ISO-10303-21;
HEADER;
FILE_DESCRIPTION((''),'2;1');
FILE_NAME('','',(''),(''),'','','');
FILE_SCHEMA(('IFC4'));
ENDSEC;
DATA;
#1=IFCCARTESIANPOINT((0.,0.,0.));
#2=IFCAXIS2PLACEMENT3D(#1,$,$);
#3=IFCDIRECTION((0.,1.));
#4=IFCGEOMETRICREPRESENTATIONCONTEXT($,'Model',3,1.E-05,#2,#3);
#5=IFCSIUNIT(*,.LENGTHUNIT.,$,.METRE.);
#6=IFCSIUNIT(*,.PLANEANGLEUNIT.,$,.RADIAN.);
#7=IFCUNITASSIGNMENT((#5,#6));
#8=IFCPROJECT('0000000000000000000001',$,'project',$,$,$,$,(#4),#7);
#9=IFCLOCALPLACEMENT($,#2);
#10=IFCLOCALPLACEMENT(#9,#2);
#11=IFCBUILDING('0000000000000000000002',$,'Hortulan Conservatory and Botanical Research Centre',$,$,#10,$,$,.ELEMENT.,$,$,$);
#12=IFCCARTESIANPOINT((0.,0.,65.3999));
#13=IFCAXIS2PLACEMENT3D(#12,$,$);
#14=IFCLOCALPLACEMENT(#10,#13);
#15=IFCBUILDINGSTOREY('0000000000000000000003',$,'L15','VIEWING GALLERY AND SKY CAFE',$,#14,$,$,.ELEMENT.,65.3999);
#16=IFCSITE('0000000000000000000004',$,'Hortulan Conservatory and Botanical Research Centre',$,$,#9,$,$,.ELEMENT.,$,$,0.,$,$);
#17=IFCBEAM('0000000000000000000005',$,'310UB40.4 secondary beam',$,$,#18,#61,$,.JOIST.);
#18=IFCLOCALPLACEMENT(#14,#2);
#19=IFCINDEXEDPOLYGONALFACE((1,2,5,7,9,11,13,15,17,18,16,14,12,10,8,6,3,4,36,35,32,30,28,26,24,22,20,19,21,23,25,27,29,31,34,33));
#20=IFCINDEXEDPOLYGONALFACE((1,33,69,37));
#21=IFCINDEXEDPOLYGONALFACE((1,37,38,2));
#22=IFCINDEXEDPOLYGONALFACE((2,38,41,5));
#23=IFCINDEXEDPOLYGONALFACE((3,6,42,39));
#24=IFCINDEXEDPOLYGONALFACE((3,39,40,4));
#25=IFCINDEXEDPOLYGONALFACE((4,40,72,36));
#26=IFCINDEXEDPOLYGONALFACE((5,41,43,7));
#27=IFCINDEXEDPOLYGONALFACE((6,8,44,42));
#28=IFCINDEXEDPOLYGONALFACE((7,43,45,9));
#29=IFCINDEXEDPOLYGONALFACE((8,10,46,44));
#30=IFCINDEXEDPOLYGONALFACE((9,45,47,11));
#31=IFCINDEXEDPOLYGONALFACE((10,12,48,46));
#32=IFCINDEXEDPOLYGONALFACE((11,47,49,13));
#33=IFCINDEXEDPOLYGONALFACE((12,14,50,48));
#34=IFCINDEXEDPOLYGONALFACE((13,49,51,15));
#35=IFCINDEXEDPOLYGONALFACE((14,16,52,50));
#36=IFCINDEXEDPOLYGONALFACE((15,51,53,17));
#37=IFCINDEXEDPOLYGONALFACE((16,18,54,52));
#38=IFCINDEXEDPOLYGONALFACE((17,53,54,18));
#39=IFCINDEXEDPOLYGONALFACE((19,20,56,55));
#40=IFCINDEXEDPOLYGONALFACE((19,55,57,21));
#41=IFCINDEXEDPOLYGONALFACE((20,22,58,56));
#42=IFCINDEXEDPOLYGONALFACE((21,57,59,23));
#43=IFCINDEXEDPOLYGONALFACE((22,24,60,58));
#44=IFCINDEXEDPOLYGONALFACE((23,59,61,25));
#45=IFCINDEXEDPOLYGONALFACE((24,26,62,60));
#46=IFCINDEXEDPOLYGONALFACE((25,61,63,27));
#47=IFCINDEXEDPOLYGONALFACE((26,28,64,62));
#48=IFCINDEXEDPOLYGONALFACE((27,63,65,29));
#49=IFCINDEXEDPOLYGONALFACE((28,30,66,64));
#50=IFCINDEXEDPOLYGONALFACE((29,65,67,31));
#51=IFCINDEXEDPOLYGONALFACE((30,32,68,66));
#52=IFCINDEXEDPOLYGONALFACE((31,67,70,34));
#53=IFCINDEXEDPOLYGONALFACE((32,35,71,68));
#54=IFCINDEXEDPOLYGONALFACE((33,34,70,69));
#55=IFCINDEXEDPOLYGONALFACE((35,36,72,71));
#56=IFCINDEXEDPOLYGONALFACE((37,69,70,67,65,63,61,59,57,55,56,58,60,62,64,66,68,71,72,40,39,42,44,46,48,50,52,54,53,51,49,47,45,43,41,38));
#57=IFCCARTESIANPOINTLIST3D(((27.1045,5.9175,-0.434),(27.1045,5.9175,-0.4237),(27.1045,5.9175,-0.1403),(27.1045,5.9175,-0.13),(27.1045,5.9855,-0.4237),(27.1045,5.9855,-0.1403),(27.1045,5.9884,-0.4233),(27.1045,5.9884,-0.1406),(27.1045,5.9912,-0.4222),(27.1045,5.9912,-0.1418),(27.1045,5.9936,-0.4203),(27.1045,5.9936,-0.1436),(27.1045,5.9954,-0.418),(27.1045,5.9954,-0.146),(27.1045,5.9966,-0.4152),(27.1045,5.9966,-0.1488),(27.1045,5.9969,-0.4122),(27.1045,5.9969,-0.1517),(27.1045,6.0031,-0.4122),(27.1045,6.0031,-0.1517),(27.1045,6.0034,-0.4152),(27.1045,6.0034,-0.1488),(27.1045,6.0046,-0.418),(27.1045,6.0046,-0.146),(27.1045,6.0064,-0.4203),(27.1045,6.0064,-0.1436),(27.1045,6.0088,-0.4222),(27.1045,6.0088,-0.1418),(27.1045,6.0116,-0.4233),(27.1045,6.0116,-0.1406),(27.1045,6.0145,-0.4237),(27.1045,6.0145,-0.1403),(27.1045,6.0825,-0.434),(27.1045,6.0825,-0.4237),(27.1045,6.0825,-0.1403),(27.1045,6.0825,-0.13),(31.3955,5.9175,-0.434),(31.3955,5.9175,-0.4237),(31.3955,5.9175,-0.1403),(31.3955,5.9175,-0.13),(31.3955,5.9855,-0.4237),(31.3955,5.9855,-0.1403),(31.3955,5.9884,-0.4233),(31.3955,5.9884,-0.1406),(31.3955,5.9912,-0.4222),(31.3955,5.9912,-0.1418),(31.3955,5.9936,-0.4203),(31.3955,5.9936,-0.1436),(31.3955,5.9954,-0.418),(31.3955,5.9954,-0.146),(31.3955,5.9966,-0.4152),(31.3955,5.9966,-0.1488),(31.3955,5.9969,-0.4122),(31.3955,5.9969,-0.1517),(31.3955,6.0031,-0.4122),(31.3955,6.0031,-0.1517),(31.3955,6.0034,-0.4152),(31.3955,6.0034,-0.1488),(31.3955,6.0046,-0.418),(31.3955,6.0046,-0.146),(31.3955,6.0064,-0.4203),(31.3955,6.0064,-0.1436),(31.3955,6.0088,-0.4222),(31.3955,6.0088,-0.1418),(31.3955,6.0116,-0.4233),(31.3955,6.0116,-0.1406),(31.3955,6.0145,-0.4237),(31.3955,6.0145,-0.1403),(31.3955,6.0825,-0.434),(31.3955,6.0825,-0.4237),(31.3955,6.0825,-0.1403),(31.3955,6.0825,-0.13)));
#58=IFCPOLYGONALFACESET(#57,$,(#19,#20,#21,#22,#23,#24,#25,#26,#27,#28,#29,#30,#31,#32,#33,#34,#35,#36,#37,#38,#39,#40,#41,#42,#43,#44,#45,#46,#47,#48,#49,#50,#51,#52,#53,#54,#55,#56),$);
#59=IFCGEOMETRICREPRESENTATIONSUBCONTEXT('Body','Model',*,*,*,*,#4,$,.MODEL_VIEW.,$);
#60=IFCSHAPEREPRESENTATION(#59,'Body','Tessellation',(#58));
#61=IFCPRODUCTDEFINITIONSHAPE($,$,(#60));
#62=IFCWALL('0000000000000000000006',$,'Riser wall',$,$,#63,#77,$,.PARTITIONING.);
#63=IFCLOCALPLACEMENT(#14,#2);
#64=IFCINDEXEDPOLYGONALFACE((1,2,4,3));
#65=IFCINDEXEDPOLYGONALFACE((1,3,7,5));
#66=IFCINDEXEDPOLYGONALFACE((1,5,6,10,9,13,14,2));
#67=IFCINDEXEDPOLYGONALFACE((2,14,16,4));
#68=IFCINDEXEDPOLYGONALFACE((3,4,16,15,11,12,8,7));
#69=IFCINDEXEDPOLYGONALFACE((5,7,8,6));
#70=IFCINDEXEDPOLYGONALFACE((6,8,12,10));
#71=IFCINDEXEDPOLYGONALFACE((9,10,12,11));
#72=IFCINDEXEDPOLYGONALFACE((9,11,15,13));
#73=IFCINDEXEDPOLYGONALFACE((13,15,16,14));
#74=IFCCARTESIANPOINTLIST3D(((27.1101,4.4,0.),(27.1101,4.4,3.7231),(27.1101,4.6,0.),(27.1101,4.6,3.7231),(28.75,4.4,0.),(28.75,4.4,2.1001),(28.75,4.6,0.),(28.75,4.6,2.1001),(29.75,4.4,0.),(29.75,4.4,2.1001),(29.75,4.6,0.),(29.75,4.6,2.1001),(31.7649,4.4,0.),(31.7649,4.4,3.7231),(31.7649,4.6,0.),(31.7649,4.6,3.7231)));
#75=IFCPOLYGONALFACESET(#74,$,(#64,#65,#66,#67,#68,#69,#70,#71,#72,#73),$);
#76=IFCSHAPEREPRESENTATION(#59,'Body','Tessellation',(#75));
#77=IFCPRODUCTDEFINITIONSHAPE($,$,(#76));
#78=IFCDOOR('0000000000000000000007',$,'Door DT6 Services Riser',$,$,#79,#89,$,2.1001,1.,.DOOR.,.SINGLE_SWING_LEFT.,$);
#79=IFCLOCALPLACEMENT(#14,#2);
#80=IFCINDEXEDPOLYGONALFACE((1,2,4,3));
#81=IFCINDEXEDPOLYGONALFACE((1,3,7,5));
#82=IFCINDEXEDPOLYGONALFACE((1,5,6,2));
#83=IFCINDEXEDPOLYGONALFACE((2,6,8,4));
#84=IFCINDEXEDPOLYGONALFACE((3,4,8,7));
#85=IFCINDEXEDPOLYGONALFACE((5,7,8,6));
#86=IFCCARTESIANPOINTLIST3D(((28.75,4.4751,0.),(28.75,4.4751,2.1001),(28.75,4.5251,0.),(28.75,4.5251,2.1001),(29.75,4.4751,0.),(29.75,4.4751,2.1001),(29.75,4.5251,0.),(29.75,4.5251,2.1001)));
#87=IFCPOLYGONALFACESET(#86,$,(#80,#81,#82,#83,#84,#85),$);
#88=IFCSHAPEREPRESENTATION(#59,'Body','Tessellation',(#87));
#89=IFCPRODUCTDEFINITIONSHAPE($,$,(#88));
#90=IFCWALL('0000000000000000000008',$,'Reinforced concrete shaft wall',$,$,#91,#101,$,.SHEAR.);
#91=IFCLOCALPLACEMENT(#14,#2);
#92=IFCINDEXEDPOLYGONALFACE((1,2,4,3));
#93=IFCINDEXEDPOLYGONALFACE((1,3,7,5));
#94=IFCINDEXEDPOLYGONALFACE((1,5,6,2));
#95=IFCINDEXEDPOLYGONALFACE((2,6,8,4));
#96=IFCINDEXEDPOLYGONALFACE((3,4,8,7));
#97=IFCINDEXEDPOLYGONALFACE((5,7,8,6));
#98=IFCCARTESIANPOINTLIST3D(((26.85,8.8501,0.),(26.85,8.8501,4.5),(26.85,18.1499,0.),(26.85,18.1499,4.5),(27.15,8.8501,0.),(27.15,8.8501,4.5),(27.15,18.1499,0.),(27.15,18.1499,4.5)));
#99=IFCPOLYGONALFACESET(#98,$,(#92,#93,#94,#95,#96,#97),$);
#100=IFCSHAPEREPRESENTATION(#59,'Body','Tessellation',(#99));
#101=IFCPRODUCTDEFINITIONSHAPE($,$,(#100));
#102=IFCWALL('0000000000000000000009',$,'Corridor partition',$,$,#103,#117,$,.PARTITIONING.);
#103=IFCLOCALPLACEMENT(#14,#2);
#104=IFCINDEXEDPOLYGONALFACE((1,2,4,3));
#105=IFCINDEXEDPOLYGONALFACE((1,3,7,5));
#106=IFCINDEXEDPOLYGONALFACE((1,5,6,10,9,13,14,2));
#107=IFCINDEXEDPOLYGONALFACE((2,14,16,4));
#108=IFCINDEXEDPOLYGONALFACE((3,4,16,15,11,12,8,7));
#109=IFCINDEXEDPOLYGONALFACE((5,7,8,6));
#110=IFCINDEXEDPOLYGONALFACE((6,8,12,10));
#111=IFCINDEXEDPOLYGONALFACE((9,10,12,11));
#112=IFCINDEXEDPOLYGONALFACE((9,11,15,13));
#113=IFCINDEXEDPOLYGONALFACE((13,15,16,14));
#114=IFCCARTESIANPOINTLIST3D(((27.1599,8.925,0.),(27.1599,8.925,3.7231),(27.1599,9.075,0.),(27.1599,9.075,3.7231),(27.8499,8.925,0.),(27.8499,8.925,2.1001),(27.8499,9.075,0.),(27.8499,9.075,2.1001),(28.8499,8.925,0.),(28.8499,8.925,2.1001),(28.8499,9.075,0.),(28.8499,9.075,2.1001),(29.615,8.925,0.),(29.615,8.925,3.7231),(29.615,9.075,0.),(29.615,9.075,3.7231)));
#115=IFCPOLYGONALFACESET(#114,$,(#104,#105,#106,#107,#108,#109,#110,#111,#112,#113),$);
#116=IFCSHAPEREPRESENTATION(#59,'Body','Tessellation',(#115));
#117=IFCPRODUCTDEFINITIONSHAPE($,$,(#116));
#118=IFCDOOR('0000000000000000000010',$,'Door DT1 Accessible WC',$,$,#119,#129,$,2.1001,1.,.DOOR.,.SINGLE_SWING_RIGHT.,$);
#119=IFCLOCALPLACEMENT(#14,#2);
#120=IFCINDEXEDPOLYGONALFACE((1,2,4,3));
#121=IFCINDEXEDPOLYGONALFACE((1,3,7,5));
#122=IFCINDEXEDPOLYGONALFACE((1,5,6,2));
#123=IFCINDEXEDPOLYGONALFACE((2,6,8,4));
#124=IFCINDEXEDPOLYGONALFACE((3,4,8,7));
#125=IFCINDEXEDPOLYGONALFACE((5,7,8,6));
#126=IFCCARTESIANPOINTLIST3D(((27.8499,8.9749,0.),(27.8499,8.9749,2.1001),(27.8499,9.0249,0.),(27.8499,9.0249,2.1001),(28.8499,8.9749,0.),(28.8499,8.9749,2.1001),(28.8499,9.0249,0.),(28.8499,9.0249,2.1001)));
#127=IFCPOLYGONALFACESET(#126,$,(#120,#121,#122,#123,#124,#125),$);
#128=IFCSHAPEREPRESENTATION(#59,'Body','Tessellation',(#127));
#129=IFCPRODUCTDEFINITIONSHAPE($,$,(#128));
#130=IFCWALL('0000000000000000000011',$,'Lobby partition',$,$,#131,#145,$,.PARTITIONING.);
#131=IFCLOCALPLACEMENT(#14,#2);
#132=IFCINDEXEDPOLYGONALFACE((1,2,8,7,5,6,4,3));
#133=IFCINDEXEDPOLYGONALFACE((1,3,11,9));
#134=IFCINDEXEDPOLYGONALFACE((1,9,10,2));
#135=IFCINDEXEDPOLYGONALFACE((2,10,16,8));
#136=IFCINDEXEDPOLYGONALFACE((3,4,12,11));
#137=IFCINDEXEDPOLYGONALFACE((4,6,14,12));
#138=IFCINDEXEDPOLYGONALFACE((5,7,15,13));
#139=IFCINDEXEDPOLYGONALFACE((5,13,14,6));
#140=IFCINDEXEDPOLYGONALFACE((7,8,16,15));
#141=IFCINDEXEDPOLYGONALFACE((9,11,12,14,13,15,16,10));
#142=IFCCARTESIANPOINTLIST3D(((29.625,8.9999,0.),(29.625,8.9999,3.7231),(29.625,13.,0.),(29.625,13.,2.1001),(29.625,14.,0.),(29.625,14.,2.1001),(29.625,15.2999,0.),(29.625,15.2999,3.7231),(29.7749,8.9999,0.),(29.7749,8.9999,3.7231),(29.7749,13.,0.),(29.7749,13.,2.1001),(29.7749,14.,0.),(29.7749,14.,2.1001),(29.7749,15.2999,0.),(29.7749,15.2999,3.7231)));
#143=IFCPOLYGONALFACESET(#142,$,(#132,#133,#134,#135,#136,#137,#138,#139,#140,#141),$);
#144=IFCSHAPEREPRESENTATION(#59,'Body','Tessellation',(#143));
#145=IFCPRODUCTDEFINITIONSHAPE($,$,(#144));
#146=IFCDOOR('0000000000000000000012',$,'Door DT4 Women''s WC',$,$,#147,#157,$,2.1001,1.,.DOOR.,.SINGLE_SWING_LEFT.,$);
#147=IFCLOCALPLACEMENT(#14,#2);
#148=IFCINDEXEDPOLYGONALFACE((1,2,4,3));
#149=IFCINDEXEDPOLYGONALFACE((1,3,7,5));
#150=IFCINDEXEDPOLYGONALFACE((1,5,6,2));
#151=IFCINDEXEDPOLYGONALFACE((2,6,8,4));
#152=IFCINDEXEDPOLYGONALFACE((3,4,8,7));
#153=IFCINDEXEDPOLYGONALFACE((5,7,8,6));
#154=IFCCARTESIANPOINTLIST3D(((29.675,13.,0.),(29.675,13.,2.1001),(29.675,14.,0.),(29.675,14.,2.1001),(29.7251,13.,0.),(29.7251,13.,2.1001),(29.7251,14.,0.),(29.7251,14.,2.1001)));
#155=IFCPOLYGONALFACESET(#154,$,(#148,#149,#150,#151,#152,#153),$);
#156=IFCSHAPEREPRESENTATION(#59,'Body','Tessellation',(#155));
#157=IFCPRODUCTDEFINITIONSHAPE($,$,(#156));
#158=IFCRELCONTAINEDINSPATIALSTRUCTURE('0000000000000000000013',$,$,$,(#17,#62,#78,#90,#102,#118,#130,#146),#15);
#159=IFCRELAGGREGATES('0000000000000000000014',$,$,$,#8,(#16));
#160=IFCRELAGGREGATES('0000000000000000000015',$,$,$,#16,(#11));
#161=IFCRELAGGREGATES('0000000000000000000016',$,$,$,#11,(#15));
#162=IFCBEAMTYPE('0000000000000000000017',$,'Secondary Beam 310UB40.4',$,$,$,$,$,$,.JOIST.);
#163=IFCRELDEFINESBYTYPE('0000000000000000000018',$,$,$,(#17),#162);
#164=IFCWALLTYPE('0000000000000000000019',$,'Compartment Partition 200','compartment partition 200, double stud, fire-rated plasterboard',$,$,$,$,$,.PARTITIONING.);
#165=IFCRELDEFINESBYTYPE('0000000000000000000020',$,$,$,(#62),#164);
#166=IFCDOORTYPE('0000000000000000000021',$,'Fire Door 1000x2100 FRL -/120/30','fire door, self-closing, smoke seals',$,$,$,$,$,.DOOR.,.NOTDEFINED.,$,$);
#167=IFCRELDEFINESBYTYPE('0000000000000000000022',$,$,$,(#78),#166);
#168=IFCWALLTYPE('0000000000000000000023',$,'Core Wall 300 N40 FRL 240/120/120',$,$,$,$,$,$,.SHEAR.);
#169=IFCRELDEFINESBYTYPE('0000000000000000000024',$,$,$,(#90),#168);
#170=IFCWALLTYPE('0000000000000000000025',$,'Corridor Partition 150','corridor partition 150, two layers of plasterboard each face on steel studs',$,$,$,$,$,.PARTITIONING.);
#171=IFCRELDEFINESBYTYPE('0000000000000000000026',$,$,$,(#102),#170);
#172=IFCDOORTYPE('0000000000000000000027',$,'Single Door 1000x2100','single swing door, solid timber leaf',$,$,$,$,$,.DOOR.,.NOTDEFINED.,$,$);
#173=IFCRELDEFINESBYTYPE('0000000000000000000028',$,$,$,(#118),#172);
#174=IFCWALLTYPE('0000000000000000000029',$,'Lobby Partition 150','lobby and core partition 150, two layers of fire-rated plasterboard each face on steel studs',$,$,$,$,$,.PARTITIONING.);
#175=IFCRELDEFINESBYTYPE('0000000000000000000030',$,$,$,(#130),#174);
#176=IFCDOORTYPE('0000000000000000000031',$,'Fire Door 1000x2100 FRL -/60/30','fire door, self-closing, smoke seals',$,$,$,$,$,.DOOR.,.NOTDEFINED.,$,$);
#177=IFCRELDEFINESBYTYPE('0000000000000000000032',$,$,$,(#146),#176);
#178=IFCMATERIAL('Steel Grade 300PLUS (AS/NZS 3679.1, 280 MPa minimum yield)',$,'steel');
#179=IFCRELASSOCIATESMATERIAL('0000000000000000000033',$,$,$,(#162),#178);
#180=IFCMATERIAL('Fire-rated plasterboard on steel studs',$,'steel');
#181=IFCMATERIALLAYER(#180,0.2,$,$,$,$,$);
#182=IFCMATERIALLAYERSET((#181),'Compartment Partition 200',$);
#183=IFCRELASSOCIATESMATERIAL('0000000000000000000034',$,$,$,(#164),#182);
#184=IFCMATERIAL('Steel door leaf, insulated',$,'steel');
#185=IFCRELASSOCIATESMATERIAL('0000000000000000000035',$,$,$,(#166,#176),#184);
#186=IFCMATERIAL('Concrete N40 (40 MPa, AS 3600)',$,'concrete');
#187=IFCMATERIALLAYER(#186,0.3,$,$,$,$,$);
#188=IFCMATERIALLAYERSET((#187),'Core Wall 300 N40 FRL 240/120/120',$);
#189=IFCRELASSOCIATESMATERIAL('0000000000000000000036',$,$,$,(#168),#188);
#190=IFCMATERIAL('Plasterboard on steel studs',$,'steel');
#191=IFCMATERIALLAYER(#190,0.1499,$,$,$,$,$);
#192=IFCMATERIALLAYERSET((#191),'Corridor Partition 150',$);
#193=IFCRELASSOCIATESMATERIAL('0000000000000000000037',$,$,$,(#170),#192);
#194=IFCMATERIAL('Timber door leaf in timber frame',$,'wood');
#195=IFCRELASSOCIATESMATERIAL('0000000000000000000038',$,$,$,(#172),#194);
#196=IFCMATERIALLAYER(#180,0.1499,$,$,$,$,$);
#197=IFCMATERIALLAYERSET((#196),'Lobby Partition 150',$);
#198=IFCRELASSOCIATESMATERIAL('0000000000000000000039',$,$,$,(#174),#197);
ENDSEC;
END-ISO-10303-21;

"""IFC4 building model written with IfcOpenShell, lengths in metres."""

from ifc_helpers import new_model, si_unit, direction, frame, frame_2d, origin, origin_2d, place, context, subcontext, project, spatial, rectangle, i_section, extrude, material, layer, layer_set, material_profile, profile_set, type_object, element, fill, save


model = new_model("IFC4")

# Units and contexts
model_context = context("Model", 3, precision=1e-05, world=origin(), true_north=direction((0.0, 1.0)))
body_context = subcontext(model_context, "Body", "Model", "MODEL_VIEW")
ifc_project = project(units=[si_unit("LENGTHUNIT", "METRE"), si_unit("PLANEANGLEUNIT", "RADIAN")], contexts=[model_context])

# Site, building, storey
site_placement = place(None, origin())
site = spatial("IfcSite", under=ifc_project, at=site_placement, Name="Hortulan Conservatory and Botanical Research Centre", CompositionType="ELEMENT", RefElevation=0.0)
building_placement = place(site_placement, origin())
building = spatial("IfcBuilding", under=site, at=building_placement, Name="Hortulan Conservatory and Botanical Research Centre", CompositionType="ELEMENT")
storey_placement = place(building_placement, frame((0.0, 0.0, 65.3999)))
storey = spatial("IfcBuildingStorey", under=building, at=storey_placement, Name="L15", Description="VIEWING GALLERY AND SKY CAFE", CompositionType="ELEMENT", Elevation=65.3999)

# Shared definitions
ifc_material_1 = material(Name="Steel Grade 300PLUS (AS/NZS 3679.1, 280 MPa minimum yield)", Category="steel")

# Beam
ifc_material_profile_1 = material_profile(ifc_material_1, i_section(OverallWidth=0.165, OverallDepth=0.304, WebThickness=0.0061, FlangeThickness=0.0103, FilletRadius=0.0115, at=origin_2d()), Name="310UB40.4")
ifc_profile_set_1 = profile_set([ifc_material_profile_1], Name="Steel Grade 300PLUS (AS/NZS 3679.1, 280 MPa minimum yield)")
beam_type_1 = type_object("IfcBeamType", Name="Secondary Beam 310UB40.4", PredefinedType="JOIST", material=ifc_profile_set_1)
for number, where, z_axis, x_axis, name in (
    (1, (27.1045, 6.0, -0.282), (1.0, 0.0, 0.0), (0.0, 1.0, 0.0), "310UB40.4 secondary beam"),
):
    element("IfcBeam", number, at=place(storey_placement, frame(where, z_axis=z_axis, x_axis=x_axis)), inside=storey, type_object=beam_type_1, Name=name, PredefinedType="JOIST", context=body_context, shape_type="SweptSolid", body=[
        extrude(i_section(OverallWidth=0.165, OverallDepth=0.304, WebThickness=0.0061, FlangeThickness=0.0103, FilletRadius=0.0115, at=origin_2d()), origin(), (0.0, 0.0, 1.0), 4.291),
    ])

# Wall, opening, door
ifc_material_2 = material(Name="Fire-rated plasterboard on steel studs", Category="steel")
ifc_layer_1 = layer(ifc_material_2, 0.2)
ifc_layer_set_1 = layer_set([ifc_layer_1], Name="Compartment Partition 200")
wall_type_1 = type_object("IfcWallType", Name="Compartment Partition 200", Description="compartment partition 200, double stud, fire-rated plasterboard", PredefinedType="PARTITIONING", material=ifc_layer_set_1)
wall_1_placement = place(storey_placement, frame((27.1101, 4.5, 0.0), z_axis=(0.0, 0.0, 1.0), x_axis=(1.0, 0.0, 0.0)))
wall_1 = element("IfcWall", 2, at=wall_1_placement, inside=storey, type_object=wall_type_1, Name="Riser wall", PredefinedType="PARTITIONING", context=body_context, shape_type="SweptSolid", body=[
    extrude(rectangle(XDim=4.6548, YDim=0.2, at=frame_2d((2.3274, 0.0))), origin(), (0.0, 0.0, 1.0), 3.7231),
])
opening_1_placement = place(wall_1_placement, frame((1.6399, 0.0, 0.0)))
opening_1 = element("IfcOpeningElement", 3, at=opening_1_placement, cuts=wall_1, PredefinedType="OPENING", context=body_context, shape_type="SweptSolid", body=[
    extrude(rectangle(XDim=1.0, YDim=2.1001, at=frame_2d((0.5, 1.05))), frame((0.0, 0.1099, 0.0), z_axis=(0.0, -1.0, 0.0), x_axis=(1.0, 0.0, 0.0)), (0.0, 0.0, 1.0), 0.22),
])
ifc_material_3 = material(Name="Steel door leaf, insulated", Category="steel")
door_type_1 = type_object("IfcDoorType", Name="Fire Door 1000x2100 FRL -/120/30", Description="fire door, self-closing, smoke seals", OperationType="NOTDEFINED", PredefinedType="DOOR", material=ifc_material_3)
door_1_placement = place(opening_1_placement, frame((1.0, 0.0, 0.0), z_axis=(0.0, 0.0, 1.0), x_axis=(-1.0, 0.0, 0.0)))
door_1 = element("IfcDoor", 4, at=door_1_placement, inside=storey, type_object=door_type_1, Name="Door DT6 Services Riser", OperationType="SINGLE_SWING_LEFT", OverallHeight=2.1001, OverallWidth=1.0, PredefinedType="DOOR", context=body_context, shape_type="SweptSolid", body=[
    extrude(rectangle(XDim=1.0, YDim=2.1001, at=frame_2d((0.5, 1.05))), frame((0.0, 0.0249, 0.0), z_axis=(0.0, -1.0, 0.0), x_axis=(1.0, 0.0, 0.0)), (0.0, 0.0, 1.0), 0.05),
])
fill(opening_1, door_1)

# Wall
ifc_material_4 = material(Name="Concrete N40 (40 MPa, AS 3600)", Category="concrete")
ifc_layer_2 = layer(ifc_material_4, 0.3)
ifc_layer_set_2 = layer_set([ifc_layer_2], Name="Core Wall 300 N40 FRL 240/120/120")
wall_type_2 = type_object("IfcWallType", Name="Core Wall 300 N40 FRL 240/120/120", PredefinedType="SHEAR", material=ifc_layer_set_2)
wall_2_placement = place(storey_placement, frame((27.0, 8.8501, 0.0), z_axis=(0.0, 0.0, 1.0), x_axis=(0.0, 1.0, 0.0)))
element("IfcWall", 5, at=wall_2_placement, inside=storey, type_object=wall_type_2, Name="Reinforced concrete shaft wall", PredefinedType="SHEAR", context=body_context, shape_type="SweptSolid", body=[
    extrude(rectangle(XDim=9.2998, YDim=0.3, at=frame_2d((4.6499, 0.0))), origin(), (0.0, 0.0, 1.0), 4.5),
])

# Walls, openings, doors
ifc_material_5 = material(Name="Plasterboard on steel studs", Category="steel")
ifc_layer_3 = layer(ifc_material_5, 0.1499)
ifc_layer_set_3 = layer_set([ifc_layer_3], Name="Corridor Partition 150")
wall_type_3 = type_object("IfcWallType", Name="Corridor Partition 150", Description="corridor partition 150, two layers of plasterboard each face on steel studs", PredefinedType="PARTITIONING", material=ifc_layer_set_3)
wall_3_placement = place(storey_placement, frame((27.1599, 9.0, 0.0), z_axis=(0.0, 0.0, 1.0), x_axis=(1.0, 0.0, 0.0)))
wall_3 = element("IfcWall", 6, at=wall_3_placement, inside=storey, type_object=wall_type_3, Name="Corridor partition", PredefinedType="PARTITIONING", context=body_context, shape_type="SweptSolid", body=[
    extrude(rectangle(XDim=2.4551, YDim=0.1499, at=frame_2d((1.2275, 0.0))), origin(), (0.0, 0.0, 1.0), 3.7231),
])
opening_2_placement = place(wall_3_placement, frame((0.6899, 0.0, 0.0)))
opening_2 = element("IfcOpeningElement", 7, at=opening_2_placement, cuts=wall_3, PredefinedType="OPENING", context=body_context, shape_type="SweptSolid", body=[
    extrude(rectangle(XDim=1.0, YDim=2.1001, at=frame_2d((0.5, 1.05))), frame((0.0, 0.085, 0.0), z_axis=(0.0, -1.0, 0.0), x_axis=(1.0, 0.0, 0.0)), (0.0, 0.0, 1.0), 0.1699),
])
ifc_material_6 = material(Name="Timber door leaf in timber frame", Category="wood")
door_type_2 = type_object("IfcDoorType", Name="Single Door 1000x2100", Description="single swing door, solid timber leaf", OperationType="NOTDEFINED", PredefinedType="DOOR", material=ifc_material_6)
door_2_placement = place(opening_2_placement, origin())
door_2 = element("IfcDoor", 8, at=door_2_placement, inside=storey, type_object=door_type_2, Name="Door DT1 Accessible WC", OperationType="SINGLE_SWING_RIGHT", OverallHeight=2.1001, OverallWidth=1.0, PredefinedType="DOOR", context=body_context, shape_type="SweptSolid", body=[
    extrude(rectangle(XDim=1.0, YDim=2.1001, at=frame_2d((0.5, 1.05))), frame((0.0, 0.0249, 0.0), z_axis=(0.0, -1.0, 0.0), x_axis=(1.0, 0.0, 0.0)), (0.0, 0.0, 1.0), 0.05),
])
fill(opening_2, door_2)
ifc_layer_4 = layer(ifc_material_2, 0.1499)
ifc_layer_set_4 = layer_set([ifc_layer_4], Name="Lobby Partition 150")
wall_type_4 = type_object("IfcWallType", Name="Lobby Partition 150", Description="lobby and core partition 150, two layers of fire-rated plasterboard each face on steel studs", PredefinedType="PARTITIONING", material=ifc_layer_set_4)
wall_4_placement = place(storey_placement, frame((29.7, 9.0, 0.0), z_axis=(0.0, 0.0, 1.0), x_axis=(0.0, 1.0, 0.0)))
wall_4 = element("IfcWall", 9, at=wall_4_placement, inside=storey, type_object=wall_type_4, Name="Lobby partition", PredefinedType="PARTITIONING", context=body_context, shape_type="SweptSolid", body=[
    extrude(rectangle(XDim=6.3, YDim=0.1499, at=frame_2d((3.1499, 0.0))), origin(), (0.0, 0.0, 1.0), 3.7231),
])
opening_3_placement = place(wall_4_placement, frame((4.0, 0.0, 0.0)))
opening_3 = element("IfcOpeningElement", 10, at=opening_3_placement, cuts=wall_4, PredefinedType="OPENING", context=body_context, shape_type="SweptSolid", body=[
    extrude(rectangle(XDim=1.0, YDim=2.1001, at=frame_2d((0.5, 1.05))), frame((0.0, 0.085, 0.0), z_axis=(0.0, -1.0, 0.0), x_axis=(1.0, 0.0, 0.0)), (0.0, 0.0, 1.0), 0.1699),
])
door_type_3 = type_object("IfcDoorType", Name="Fire Door 1000x2100 FRL -/60/30", Description="fire door, self-closing, smoke seals", OperationType="NOTDEFINED", PredefinedType="DOOR", material=ifc_material_3)
door_3_placement = place(opening_3_placement, origin())
door_3 = element("IfcDoor", 11, at=door_3_placement, inside=storey, type_object=door_type_3, Name="Door DT4 Women's WC", OperationType="SINGLE_SWING_LEFT", OverallHeight=2.1001, OverallWidth=1.0, PredefinedType="DOOR", context=body_context, shape_type="SweptSolid", body=[
    extrude(rectangle(XDim=1.0, YDim=2.1001, at=frame_2d((0.5, 1.05))), frame((0.0, 0.0249, 0.0), z_axis=(0.0, -1.0, 0.0), x_axis=(1.0, 0.0, 0.0)), (0.0, 0.0, 1.0), 0.05),
])
fill(opening_3, door_3)

save(model, "model.ifc")
